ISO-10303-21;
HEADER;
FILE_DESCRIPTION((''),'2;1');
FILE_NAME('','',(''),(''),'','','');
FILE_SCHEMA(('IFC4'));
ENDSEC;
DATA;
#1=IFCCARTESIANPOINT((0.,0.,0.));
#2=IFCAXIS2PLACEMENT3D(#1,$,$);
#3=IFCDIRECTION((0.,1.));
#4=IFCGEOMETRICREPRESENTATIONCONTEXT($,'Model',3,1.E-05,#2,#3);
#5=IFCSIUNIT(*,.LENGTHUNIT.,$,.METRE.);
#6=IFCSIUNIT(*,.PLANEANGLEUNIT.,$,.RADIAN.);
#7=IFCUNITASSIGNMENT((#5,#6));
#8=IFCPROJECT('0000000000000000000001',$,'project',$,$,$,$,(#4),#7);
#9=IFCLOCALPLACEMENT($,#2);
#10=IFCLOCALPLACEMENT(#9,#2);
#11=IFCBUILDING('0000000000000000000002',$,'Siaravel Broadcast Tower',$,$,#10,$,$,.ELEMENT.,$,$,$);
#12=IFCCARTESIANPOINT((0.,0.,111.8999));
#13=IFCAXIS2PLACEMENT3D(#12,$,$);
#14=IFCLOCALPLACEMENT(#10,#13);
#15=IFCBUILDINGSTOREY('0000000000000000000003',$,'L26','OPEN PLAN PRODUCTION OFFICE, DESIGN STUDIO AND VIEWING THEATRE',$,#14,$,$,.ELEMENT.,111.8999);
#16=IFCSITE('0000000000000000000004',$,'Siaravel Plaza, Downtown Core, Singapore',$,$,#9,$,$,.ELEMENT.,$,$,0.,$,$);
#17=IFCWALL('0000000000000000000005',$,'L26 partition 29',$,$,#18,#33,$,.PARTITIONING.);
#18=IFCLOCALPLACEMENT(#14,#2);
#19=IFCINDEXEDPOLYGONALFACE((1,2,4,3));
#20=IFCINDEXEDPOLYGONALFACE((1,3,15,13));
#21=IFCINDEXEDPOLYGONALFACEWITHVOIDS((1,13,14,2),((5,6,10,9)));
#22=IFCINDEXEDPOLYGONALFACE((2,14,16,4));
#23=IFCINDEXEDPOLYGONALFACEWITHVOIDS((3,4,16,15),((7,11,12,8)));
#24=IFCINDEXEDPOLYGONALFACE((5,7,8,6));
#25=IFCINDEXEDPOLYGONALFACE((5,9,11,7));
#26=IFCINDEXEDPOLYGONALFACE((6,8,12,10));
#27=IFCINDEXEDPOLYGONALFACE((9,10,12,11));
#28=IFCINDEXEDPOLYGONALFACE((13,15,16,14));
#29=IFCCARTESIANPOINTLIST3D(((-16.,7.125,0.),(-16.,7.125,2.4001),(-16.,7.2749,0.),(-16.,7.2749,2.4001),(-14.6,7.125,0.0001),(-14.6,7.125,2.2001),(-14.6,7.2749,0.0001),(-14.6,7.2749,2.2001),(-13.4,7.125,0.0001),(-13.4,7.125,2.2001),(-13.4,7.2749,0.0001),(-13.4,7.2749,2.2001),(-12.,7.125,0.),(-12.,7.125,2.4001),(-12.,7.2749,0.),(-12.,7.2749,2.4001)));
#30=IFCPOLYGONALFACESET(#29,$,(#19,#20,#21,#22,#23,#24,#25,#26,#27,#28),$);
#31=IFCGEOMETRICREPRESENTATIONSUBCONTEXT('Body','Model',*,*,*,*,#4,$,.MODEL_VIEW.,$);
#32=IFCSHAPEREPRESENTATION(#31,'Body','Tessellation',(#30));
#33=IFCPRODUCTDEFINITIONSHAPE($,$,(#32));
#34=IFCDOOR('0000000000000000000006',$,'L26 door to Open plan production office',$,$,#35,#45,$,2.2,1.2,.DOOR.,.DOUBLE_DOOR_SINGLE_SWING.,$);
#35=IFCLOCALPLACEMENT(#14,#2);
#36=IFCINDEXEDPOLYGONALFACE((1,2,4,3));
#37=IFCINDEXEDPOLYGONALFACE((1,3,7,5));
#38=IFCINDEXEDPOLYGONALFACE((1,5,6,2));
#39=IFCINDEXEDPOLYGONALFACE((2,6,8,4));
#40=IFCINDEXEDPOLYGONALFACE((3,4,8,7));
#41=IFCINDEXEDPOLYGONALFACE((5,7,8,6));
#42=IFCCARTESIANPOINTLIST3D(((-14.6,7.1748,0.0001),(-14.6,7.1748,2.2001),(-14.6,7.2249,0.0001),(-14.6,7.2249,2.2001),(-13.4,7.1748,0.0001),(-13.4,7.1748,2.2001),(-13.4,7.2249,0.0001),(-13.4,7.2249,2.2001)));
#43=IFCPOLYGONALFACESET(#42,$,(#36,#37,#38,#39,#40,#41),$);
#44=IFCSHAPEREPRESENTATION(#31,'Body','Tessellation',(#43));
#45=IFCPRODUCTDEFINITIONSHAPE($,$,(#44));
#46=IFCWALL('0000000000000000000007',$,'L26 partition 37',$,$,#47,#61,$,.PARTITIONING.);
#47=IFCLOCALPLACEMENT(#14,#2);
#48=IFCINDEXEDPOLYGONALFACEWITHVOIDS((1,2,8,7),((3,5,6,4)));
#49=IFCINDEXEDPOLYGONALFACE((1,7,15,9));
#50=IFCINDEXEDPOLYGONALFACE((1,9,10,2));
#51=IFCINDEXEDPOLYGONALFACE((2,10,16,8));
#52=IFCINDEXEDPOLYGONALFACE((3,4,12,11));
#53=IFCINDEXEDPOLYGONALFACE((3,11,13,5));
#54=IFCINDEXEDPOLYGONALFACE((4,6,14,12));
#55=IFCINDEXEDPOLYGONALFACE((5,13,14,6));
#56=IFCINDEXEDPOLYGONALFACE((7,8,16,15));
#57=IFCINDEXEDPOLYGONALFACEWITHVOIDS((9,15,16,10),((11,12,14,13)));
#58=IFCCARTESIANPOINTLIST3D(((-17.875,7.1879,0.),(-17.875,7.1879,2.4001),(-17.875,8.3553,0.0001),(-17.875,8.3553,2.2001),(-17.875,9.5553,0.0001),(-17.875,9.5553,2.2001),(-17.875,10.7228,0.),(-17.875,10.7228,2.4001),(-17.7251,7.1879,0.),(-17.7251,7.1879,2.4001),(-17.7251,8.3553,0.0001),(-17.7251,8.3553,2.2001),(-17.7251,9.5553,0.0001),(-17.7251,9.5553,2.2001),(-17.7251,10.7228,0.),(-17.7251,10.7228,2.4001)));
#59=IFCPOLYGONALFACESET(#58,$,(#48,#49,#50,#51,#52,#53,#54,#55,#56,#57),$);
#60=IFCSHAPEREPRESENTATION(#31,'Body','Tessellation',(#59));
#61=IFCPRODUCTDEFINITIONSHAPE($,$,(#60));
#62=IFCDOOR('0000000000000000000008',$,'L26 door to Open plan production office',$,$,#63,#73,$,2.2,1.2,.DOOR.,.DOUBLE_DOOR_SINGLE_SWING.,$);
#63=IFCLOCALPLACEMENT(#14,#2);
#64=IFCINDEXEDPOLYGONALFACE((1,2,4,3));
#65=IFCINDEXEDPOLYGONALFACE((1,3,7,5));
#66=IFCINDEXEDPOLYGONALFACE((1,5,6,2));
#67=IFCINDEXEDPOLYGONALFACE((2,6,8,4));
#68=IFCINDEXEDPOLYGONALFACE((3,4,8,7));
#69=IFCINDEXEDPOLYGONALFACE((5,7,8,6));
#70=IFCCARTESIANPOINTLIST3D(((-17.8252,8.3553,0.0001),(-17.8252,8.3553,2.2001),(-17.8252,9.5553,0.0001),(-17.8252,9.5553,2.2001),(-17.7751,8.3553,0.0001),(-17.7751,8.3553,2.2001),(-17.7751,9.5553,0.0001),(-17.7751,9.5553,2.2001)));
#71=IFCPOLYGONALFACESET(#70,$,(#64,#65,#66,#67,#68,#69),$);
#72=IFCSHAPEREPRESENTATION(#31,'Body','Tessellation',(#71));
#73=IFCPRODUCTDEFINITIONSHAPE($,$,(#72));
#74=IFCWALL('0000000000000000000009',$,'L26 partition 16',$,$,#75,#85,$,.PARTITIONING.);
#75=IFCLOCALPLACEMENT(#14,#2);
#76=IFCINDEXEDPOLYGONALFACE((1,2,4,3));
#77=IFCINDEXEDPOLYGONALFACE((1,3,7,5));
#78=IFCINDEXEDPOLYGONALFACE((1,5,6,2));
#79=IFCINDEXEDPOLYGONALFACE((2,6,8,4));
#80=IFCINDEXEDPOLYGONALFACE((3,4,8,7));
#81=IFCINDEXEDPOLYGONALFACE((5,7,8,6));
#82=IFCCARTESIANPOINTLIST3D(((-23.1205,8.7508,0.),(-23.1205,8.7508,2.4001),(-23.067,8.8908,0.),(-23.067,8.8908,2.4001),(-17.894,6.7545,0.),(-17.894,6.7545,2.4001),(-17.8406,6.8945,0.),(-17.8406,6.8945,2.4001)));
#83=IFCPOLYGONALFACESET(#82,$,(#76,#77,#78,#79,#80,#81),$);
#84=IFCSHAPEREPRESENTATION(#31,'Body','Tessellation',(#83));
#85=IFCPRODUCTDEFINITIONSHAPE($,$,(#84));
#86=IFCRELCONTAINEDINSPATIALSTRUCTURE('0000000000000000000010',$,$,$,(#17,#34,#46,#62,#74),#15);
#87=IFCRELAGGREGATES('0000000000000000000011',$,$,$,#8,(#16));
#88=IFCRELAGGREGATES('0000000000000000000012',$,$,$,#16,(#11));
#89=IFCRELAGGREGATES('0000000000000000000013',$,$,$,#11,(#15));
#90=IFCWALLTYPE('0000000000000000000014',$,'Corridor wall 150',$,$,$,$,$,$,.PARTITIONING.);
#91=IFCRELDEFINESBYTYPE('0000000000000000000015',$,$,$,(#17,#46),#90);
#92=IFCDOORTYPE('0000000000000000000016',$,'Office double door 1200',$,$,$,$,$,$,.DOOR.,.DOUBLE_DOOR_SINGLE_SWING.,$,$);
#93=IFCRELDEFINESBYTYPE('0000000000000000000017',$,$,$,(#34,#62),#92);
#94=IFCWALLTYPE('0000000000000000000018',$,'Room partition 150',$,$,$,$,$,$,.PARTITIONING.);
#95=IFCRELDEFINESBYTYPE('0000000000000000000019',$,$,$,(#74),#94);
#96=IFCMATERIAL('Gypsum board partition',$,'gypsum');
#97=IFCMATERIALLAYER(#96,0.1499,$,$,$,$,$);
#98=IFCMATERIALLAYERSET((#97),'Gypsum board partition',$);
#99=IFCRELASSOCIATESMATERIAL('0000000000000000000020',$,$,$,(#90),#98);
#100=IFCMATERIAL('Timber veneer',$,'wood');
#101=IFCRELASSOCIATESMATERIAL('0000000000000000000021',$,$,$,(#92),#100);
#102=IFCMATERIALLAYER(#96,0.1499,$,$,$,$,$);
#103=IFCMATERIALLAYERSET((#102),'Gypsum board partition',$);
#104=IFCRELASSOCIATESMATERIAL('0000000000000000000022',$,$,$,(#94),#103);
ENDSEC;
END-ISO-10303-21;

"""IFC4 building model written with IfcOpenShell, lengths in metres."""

from ifc_helpers import new_model, si_unit, direction, frame, frame_2d, origin, place, context, subcontext, project, spatial, rectangle, extrude, material, layer, layer_set, type_object, element, fill, save


model = new_model("IFC4")

# Units and contexts
model_context = context("Model", 3, precision=1e-05, world=origin(), true_north=direction((0.0, 1.0)))
body_context = subcontext(model_context, "Body", "Model", "MODEL_VIEW")
ifc_project = project(units=[si_unit("LENGTHUNIT", "METRE"), si_unit("PLANEANGLEUNIT", "RADIAN")], contexts=[model_context])

# Site, building, storey
site_placement = place(None, origin())
site = spatial("IfcSite", under=ifc_project, at=site_placement, Name="Siaravel Plaza, Downtown Core, Singapore", CompositionType="ELEMENT", RefElevation=0.0)
building_placement = place(site_placement, origin())
building = spatial("IfcBuilding", under=site, at=building_placement, Name="Siaravel Broadcast Tower", CompositionType="ELEMENT")
storey_placement = place(building_placement, frame((0.0, 0.0, 111.8999)))
storey = spatial("IfcBuildingStorey", under=building, at=storey_placement, Name="L26", Description="OPEN PLAN PRODUCTION OFFICE, DESIGN STUDIO AND VIEWING THEATRE", CompositionType="ELEMENT", Elevation=111.8999)

# Walls, openings, doors
ifc_material_1 = material(Name="Gypsum board partition", Category="gypsum")
ifc_layer_1 = layer(ifc_material_1, 0.1499)
ifc_layer_set_1 = layer_set([ifc_layer_1], Name="Gypsum board partition")
wall_type_1 = type_object("IfcWallType", Name="Corridor wall 150", PredefinedType="PARTITIONING", material=ifc_layer_set_1)
wall_1_placement = place(storey_placement, frame((-16.0, 7.2, 0.0), z_axis=(0.0, 0.0, 1.0), x_axis=(1.0, 0.0, 0.0)))
wall_1 = element("IfcWall", 1, at=wall_1_placement, inside=storey, type_object=wall_type_1, Name="L26 partition 29", PredefinedType="PARTITIONING", context=body_context, shape_type="SweptSolid", body=[
    extrude(rectangle(XDim=4.0, YDim=0.1499, at=frame_2d((2.0, 0.0))), origin(), (0.0, 0.0, 1.0), 2.4001),
])
opening_1_placement = place(wall_1_placement, frame((1.3999, 0.0, 0.0)))
opening_1 = element("IfcOpeningElement", 2, at=opening_1_placement, cuts=wall_1, PredefinedType="OPENING", context=body_context, shape_type="SweptSolid", body=[
    extrude(rectangle(XDim=1.2, YDim=2.2, at=frame_2d((0.6001, 1.1001))), frame((0.0, 0.085, 0.0), z_axis=(0.0, -1.0, 0.0), x_axis=(1.0, 0.0, 0.0)), (0.0, 0.0, 1.0), 0.1699),
])
ifc_material_2 = material(Name="Timber veneer", Category="wood")
door_type = type_object("IfcDoorType", Name="Office double door 1200", OperationType="DOUBLE_DOOR_SINGLE_SWING", PredefinedType="DOOR", material=ifc_material_2)
door_1_placement = place(opening_1_placement, origin())
door_1 = element("IfcDoor", 3, at=door_1_placement, inside=storey, type_object=door_type, Name="L26 door to Open plan production office", OperationType="DOUBLE_DOOR_SINGLE_SWING", OverallHeight=2.2, OverallWidth=1.2, PredefinedType="DOOR", context=body_context, shape_type="SweptSolid", body=[
    extrude(rectangle(XDim=1.2, YDim=2.2, at=frame_2d((0.6001, 1.1001))), frame((0.0, 0.0249, 0.0), z_axis=(0.0, -1.0, 0.0), x_axis=(1.0, 0.0, 0.0)), (0.0, 0.0, 1.0), 0.05),
])
fill(opening_1, door_1)
wall_2_placement = place(storey_placement, frame((-17.8, 10.7229, 0.0), z_axis=(0.0, 0.0, 1.0), x_axis=(0.0, -1.0, 0.0)))
wall_2 = element("IfcWall", 4, at=wall_2_placement, inside=storey, type_object=wall_type_1, Name="L26 partition 37", PredefinedType="PARTITIONING", context=body_context, shape_type="SweptSolid", body=[
    extrude(rectangle(XDim=3.5349, YDim=0.1499, at=frame_2d((1.7676, 0.0))), origin(), (0.0, 0.0, 1.0), 2.4001),
])
opening_2_placement = place(wall_2_placement, frame((1.1675, 0.0, 0.0)))
opening_2 = element("IfcOpeningElement", 5, at=opening_2_placement, cuts=wall_2, PredefinedType="OPENING", context=body_context, shape_type="SweptSolid", body=[
    extrude(rectangle(XDim=1.2, YDim=2.2, at=frame_2d((0.6001, 1.1001))), frame((0.0, 0.085, 0.0), z_axis=(0.0, -1.0, 0.0), x_axis=(1.0, 0.0, 0.0)), (0.0, 0.0, 1.0), 0.1699),
])
door_2_placement = place(opening_2_placement, origin())
door_2 = element("IfcDoor", 6, at=door_2_placement, inside=storey, type_object=door_type, Name="L26 door to Open plan production office", OperationType="DOUBLE_DOOR_SINGLE_SWING", OverallHeight=2.2, OverallWidth=1.2, PredefinedType="DOOR", context=body_context, shape_type="SweptSolid", body=[
    extrude(rectangle(XDim=1.2, YDim=2.2, at=frame_2d((0.6001, 1.1001))), frame((0.0, 0.0249, 0.0), z_axis=(0.0, -1.0, 0.0), x_axis=(1.0, 0.0, 0.0)), (0.0, 0.0, 1.0), 0.05),
])
fill(opening_2, door_2)

# Wall
ifc_layer_2 = layer(ifc_material_1, 0.1499)
ifc_layer_set_2 = layer_set([ifc_layer_2], Name="Gypsum board partition")
wall_type_2 = type_object("IfcWallType", Name="Room partition 150", PredefinedType="PARTITIONING", material=ifc_layer_set_2)
wall_3_placement = place(storey_placement, frame((-23.0938, 8.8208, 0.0), z_axis=(0.0, 0.0, 1.0), x_axis=(0.934174, -0.356817, 0.0)))
element("IfcWall", 7, at=wall_3_placement, inside=storey, type_object=wall_type_2, Name="L26 partition 16", PredefinedType="PARTITIONING", context=body_context, shape_type="SweptSolid", body=[
    extrude(rectangle(XDim=5.5947, YDim=0.1499, at=frame_2d((2.7974, 0.0))), origin(), (0.0, 0.0, 1.0), 2.4001),
])

save(model, "model.ifc")
